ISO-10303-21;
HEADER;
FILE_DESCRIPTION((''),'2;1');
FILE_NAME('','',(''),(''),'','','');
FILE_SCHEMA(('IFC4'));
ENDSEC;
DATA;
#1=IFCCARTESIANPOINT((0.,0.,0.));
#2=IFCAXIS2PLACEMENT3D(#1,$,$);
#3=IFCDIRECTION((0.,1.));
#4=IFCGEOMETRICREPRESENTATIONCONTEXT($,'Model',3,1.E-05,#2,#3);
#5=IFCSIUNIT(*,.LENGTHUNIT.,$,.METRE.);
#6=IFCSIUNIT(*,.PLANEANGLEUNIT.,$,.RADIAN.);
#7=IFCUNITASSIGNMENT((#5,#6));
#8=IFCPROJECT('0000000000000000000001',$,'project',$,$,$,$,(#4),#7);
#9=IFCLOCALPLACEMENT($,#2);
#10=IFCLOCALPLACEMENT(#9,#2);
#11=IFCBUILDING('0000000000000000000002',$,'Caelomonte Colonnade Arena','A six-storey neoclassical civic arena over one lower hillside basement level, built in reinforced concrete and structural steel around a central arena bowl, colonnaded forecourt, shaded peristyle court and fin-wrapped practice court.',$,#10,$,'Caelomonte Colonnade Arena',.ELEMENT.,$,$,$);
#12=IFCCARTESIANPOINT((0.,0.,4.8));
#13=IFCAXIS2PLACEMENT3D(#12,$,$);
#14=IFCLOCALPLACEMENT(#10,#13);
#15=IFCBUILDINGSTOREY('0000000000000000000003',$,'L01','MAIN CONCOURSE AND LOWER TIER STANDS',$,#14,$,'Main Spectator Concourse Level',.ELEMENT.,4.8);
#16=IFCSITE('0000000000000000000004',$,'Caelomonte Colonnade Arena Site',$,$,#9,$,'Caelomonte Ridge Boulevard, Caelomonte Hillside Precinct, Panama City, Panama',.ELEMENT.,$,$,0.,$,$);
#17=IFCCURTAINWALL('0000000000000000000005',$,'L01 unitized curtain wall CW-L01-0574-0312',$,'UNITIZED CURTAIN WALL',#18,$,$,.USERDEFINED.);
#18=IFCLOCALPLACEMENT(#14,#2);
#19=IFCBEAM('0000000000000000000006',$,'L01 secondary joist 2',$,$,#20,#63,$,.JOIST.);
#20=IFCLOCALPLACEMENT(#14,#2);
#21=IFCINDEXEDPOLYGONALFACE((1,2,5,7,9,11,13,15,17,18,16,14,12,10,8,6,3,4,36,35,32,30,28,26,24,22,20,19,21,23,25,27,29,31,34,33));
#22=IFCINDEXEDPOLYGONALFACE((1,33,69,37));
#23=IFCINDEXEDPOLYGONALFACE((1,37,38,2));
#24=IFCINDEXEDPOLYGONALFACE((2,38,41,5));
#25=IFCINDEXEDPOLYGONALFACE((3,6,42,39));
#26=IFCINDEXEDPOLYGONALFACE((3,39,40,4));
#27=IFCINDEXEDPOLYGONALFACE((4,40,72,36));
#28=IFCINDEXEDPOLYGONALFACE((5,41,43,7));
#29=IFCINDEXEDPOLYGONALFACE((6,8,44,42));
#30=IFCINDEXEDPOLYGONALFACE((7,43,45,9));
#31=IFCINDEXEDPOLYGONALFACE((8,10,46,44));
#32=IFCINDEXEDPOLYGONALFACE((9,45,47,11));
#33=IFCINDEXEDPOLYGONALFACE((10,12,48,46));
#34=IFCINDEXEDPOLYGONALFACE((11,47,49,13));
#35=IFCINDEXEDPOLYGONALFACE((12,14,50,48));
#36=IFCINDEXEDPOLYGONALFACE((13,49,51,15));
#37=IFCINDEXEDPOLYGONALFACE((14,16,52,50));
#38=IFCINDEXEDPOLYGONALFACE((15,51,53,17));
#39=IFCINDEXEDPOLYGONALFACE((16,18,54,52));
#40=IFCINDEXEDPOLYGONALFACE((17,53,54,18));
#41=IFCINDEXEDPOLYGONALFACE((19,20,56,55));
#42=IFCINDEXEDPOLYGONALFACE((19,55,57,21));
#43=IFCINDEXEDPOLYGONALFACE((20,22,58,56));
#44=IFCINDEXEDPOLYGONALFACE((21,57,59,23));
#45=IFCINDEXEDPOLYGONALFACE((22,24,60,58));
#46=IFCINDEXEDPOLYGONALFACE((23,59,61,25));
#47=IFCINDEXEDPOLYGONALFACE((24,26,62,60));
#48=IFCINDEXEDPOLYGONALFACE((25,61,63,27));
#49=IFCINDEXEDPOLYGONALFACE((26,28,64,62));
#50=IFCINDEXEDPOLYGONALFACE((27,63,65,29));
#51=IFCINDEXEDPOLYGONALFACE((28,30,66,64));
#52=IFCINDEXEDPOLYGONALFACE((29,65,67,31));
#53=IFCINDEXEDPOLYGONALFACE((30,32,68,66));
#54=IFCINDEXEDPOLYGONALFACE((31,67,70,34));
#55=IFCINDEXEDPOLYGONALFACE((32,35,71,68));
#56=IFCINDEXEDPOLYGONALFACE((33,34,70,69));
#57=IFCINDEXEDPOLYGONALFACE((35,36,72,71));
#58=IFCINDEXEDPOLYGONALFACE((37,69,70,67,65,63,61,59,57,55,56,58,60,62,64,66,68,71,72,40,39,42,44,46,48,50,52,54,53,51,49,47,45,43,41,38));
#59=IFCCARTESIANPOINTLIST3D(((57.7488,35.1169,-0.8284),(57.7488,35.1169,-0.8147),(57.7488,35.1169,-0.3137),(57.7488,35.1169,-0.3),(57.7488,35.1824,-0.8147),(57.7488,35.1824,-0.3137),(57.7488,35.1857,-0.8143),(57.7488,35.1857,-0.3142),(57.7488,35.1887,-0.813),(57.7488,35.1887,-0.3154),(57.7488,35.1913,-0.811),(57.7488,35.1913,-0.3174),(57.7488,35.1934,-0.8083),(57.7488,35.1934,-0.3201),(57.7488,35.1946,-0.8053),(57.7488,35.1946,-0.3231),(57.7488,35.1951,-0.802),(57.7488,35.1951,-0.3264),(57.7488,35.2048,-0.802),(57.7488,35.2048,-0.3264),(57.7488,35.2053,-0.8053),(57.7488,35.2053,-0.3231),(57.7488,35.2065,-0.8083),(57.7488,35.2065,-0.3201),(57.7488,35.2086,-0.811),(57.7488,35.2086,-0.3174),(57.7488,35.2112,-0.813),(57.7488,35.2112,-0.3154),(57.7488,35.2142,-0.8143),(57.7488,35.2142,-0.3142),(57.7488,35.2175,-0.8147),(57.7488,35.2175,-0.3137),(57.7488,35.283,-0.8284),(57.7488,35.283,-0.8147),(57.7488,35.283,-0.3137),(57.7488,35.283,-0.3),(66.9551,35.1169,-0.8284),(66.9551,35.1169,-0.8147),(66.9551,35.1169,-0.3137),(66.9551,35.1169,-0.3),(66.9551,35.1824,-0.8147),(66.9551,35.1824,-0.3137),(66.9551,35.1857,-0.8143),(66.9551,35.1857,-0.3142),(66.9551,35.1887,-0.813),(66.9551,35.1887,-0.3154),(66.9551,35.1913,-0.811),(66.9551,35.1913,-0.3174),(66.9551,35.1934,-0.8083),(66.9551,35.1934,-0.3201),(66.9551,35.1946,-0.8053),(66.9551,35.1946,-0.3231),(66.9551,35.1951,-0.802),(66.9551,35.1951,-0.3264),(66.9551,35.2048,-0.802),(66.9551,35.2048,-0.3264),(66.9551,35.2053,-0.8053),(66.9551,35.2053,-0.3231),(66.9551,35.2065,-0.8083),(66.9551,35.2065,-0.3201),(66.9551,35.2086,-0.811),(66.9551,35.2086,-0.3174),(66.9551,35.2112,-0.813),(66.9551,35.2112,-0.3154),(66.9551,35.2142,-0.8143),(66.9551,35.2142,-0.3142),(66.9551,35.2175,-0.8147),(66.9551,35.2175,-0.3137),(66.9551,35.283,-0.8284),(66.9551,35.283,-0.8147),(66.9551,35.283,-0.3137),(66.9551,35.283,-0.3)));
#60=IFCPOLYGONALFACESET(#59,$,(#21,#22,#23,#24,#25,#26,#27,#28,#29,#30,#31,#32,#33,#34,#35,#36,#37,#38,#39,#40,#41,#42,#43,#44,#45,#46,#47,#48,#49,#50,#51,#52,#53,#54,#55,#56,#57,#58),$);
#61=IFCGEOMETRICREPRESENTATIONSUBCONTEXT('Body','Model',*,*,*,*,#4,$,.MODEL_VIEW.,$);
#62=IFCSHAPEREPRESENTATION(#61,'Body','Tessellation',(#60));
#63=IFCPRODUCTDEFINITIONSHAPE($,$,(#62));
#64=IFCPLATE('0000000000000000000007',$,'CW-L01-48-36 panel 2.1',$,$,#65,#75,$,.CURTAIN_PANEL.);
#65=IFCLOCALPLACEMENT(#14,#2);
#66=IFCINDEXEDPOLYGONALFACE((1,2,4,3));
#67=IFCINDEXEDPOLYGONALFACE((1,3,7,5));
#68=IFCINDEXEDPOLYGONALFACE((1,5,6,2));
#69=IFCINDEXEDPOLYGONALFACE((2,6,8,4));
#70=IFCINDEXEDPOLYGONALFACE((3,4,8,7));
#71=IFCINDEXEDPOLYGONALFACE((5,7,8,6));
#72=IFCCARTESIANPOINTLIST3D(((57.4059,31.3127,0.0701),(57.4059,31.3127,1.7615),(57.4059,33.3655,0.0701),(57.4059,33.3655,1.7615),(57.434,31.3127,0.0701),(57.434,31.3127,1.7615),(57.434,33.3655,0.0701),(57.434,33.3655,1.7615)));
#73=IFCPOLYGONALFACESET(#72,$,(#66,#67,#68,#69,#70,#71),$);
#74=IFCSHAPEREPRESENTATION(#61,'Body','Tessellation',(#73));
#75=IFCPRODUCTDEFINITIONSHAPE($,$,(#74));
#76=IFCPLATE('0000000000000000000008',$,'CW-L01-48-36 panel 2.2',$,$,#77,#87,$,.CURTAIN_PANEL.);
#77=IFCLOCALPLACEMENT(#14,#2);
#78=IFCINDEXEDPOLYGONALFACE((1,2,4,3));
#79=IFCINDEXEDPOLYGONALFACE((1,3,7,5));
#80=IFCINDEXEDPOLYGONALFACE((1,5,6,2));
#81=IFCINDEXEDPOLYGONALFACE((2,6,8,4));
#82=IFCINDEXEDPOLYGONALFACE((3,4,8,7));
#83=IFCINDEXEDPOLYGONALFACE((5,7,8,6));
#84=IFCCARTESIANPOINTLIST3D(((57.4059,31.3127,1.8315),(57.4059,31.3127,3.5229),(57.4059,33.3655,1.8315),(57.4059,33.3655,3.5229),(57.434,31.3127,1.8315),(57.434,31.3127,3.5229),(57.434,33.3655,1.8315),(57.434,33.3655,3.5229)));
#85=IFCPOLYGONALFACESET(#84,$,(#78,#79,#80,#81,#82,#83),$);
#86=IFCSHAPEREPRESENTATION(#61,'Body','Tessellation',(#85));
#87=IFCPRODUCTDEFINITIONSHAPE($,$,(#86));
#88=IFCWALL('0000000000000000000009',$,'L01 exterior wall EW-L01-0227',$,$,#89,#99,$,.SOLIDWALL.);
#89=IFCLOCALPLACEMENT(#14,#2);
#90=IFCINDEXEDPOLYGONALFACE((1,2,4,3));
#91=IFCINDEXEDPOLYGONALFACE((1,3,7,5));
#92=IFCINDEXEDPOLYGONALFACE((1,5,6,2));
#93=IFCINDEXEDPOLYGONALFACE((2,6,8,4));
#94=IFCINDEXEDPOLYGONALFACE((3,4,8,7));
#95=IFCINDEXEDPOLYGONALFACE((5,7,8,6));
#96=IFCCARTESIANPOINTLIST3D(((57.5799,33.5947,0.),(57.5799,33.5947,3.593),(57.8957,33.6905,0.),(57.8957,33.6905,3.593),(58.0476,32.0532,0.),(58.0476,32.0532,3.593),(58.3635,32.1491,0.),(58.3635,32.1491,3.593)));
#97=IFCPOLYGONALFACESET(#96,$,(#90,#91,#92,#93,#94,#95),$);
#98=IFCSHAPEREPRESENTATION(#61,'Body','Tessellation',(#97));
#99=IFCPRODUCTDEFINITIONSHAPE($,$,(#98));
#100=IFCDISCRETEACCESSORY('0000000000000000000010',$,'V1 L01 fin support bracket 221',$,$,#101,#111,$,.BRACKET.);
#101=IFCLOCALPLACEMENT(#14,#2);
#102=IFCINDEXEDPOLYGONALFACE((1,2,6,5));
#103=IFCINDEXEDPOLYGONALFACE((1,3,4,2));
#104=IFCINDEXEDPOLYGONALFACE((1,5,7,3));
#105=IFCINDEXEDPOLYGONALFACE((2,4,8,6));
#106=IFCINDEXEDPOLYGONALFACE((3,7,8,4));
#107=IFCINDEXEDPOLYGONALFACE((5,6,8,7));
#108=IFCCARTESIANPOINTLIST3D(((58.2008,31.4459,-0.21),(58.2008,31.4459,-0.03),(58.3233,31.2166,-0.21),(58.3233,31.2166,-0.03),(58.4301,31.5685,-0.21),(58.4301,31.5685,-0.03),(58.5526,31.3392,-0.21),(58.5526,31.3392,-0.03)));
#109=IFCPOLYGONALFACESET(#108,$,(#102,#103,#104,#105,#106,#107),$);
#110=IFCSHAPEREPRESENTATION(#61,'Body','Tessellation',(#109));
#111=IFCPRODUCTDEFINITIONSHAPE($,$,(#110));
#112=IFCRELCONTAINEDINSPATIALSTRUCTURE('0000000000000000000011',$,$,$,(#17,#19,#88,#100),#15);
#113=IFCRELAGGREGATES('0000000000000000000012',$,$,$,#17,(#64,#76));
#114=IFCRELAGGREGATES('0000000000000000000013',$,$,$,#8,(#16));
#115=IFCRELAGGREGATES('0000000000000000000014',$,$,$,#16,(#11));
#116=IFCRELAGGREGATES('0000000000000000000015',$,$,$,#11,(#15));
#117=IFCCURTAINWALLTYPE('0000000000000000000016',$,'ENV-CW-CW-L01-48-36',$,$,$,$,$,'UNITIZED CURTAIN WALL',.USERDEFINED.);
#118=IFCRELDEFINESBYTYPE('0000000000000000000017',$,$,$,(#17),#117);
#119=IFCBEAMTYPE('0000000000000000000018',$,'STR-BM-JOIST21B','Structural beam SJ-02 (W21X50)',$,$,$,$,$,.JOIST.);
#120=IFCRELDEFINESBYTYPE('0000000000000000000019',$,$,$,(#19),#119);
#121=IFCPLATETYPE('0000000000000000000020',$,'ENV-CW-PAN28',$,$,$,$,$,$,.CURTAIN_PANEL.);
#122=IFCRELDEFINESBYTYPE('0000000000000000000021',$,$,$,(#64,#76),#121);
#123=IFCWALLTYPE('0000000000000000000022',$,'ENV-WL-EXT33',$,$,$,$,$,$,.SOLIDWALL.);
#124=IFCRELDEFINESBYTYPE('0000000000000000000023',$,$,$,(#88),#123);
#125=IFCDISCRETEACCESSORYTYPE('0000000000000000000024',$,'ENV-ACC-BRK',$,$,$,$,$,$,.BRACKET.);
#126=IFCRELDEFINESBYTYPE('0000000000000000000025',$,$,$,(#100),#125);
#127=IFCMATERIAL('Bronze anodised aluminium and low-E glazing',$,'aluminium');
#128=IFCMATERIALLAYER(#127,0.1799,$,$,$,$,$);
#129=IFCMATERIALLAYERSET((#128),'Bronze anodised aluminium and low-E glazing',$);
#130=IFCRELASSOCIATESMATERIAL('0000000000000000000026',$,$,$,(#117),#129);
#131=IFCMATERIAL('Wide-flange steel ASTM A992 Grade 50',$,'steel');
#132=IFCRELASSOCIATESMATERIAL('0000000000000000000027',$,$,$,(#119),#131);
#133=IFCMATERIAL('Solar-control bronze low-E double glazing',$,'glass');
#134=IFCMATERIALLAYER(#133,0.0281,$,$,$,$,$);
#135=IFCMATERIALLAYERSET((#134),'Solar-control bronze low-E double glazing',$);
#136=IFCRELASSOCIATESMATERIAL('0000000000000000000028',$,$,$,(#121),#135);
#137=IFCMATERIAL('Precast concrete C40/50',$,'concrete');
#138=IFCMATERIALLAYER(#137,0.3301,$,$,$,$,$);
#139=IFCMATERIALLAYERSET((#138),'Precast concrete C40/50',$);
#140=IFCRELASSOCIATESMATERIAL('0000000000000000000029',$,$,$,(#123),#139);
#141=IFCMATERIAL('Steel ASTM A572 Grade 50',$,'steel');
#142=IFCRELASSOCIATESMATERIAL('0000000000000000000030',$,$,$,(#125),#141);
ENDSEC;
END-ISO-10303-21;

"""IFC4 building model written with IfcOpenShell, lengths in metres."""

from ifc_helpers import new_model, si_unit, direction, frame, frame_2d, origin, origin_2d, place, context, subcontext, project, spatial, rectangle, i_section, extrude, material, layer, layer_set, material_profile, profile_set, type_object, element, aggregate, save


model = new_model("IFC4")

# Units and contexts
model_context = context("Model", 3, precision=1e-05, world=origin(), true_north=direction((0.0, 1.0)))
body_context = subcontext(model_context, "Body", "Model", "MODEL_VIEW")
ifc_project = project(units=[si_unit("LENGTHUNIT", "METRE"), si_unit("PLANEANGLEUNIT", "RADIAN")], contexts=[model_context])

# Site, building, storey
site_placement = place(None, origin())
site = spatial("IfcSite", under=ifc_project, at=site_placement, Name="Caelomonte Colonnade Arena Site", LongName="Caelomonte Ridge Boulevard, Caelomonte Hillside Precinct, Panama City, Panama", CompositionType="ELEMENT", RefElevation=0.0)
building_placement = place(site_placement, origin())
building = spatial("IfcBuilding", under=site, at=building_placement, Name="Caelomonte Colonnade Arena", Description="A six-storey neoclassical civic arena over one lower hillside basement level, built in reinforced concrete and structural steel around a central arena bowl, colonnaded forecourt, shaded peristyle court and fin-wrapped practice court.", LongName="Caelomonte Colonnade Arena", CompositionType="ELEMENT")
storey_placement = place(building_placement, frame((0.0, 0.0, 4.8)))
storey = spatial("IfcBuildingStorey", under=building, at=storey_placement, Name="L01", Description="MAIN CONCOURSE AND LOWER TIER STANDS", LongName="Main Spectator Concourse Level", CompositionType="ELEMENT", Elevation=4.8)

# Shared definitions
ifc_material_1 = material(Name="Wide-flange steel ASTM A992 Grade 50", Category="steel")

# Curtain wall
ifc_material_2 = material(Name="Bronze anodised aluminium and low-E glazing", Category="aluminium")
ifc_layer_1 = layer(ifc_material_2, 0.1799)
ifc_layer_set_1 = layer_set([ifc_layer_1], Name="Bronze anodised aluminium and low-E glazing")
curtain_wall_type_1 = type_object("IfcCurtainWallType", Name="ENV-CW-CW-L01-48-36", ElementType="UNITIZED CURTAIN WALL", PredefinedType="USERDEFINED", material=ifc_layer_set_1)
curtain_wall_1_placement = place(storey_placement, origin())
curtain_wall_1 = element("IfcCurtainWall", 1, at=curtain_wall_1_placement, inside=storey, type_object=curtain_wall_type_1, Name="L01 unitized curtain wall CW-L01-0574-0312", ObjectType="UNITIZED CURTAIN WALL", PredefinedType="USERDEFINED")

# Beam
ifc_material_profile_1 = material_profile(ifc_material_1, i_section(OverallWidth=0.166, OverallDepth=0.5283, WebThickness=0.0098, FlangeThickness=0.0137, FilletRadius=0.0127, at=origin_2d()), Name="W21X50")
ifc_profile_set_1 = profile_set([ifc_material_profile_1], Name="Wide-flange steel ASTM A992 Grade 50")
beam_type_1 = type_object("IfcBeamType", Name="STR-BM-JOIST21B", Description="Structural beam SJ-02 (W21X50)", PredefinedType="JOIST", material=ifc_profile_set_1)
for number, where, z_axis, x_axis, name in (
    (2, (57.7488, 35.2, -0.5642), (1.0, 0.0, 0.0), (0.0, 1.0, 0.0), "L01 secondary joist 2"),
):
    element("IfcBeam", number, at=place(storey_placement, frame(where, z_axis=z_axis, x_axis=x_axis)), inside=storey, type_object=beam_type_1, Name=name, PredefinedType="JOIST", context=body_context, shape_type="SweptSolid", body=[
        extrude(i_section(OverallWidth=0.166, OverallDepth=0.5283, WebThickness=0.0098, FlangeThickness=0.0137, FilletRadius=0.0127, at=origin_2d()), origin(), (0.0, 0.0, 1.0), 9.2063),
    ])

# Plates
ifc_material_3 = material(Name="Solar-control bronze low-E double glazing", Category="glass")
ifc_layer_2 = layer(ifc_material_3, 0.0281)
ifc_layer_set_2 = layer_set([ifc_layer_2], Name="Solar-control bronze low-E double glazing")
plate_type = type_object("IfcPlateType", Name="ENV-CW-PAN28", PredefinedType="CURTAIN_PANEL", material=ifc_layer_set_2)
plate_1_placement = place(storey_placement, frame((57.4199, 32.3391, 0.0701), z_axis=(0.0, 0.0, 1.0), x_axis=(0.0, 1.0, 0.0)))
plate_1 = element("IfcPlate", 3, at=plate_1_placement, type_object=plate_type, Name="CW-L01-48-36 panel 2.1", PredefinedType="CURTAIN_PANEL", context=body_context, shape_type="SweptSolid", body=[
    extrude(rectangle(XDim=2.0527, YDim=0.0281, at=origin_2d()), origin(), (0.0, 0.0, 1.0), 1.6914),
])
plate_2_placement = place(storey_placement, frame((57.4199, 32.3391, 1.8315), z_axis=(0.0, 0.0, 1.0), x_axis=(0.0, 1.0, 0.0)))
plate_2 = element("IfcPlate", 4, at=plate_2_placement, type_object=plate_type, Name="CW-L01-48-36 panel 2.2", PredefinedType="CURTAIN_PANEL", context=body_context, shape_type="SweptSolid", body=[
    extrude(rectangle(XDim=2.0527, YDim=0.0281, at=origin_2d()), origin(), (0.0, 0.0, 1.0), 1.6914),
])
aggregate(curtain_wall_1, [plate_1, plate_2])

# Wall
ifc_material_4 = material(Name="Precast concrete C40/50", Category="concrete")
ifc_layer_3 = layer(ifc_material_4, 0.3301)
ifc_layer_set_3 = layer_set([ifc_layer_3], Name="Precast concrete C40/50")
wall_type = type_object("IfcWallType", Name="ENV-WL-EXT33", PredefinedType="SOLIDWALL", material=ifc_layer_set_3)
wall_placement = place(storey_placement, frame((57.7378, 33.6426, 0.0), z_axis=(0.0, 0.0, 1.0), x_axis=(0.290378, -0.956912, 0.0)))
element("IfcWall", 5, at=wall_placement, inside=storey, type_object=wall_type, Name="L01 exterior wall EW-L01-0227", PredefinedType="SOLIDWALL", context=body_context, shape_type="SweptSolid", body=[
    extrude(rectangle(XDim=1.6108, YDim=0.3301, at=frame_2d((0.8054, 0.0))), origin(), (0.0, 0.0, 1.0), 3.593),
])

# Discrete accessory
ifc_material_5 = material(Name="Steel ASTM A572 Grade 50", Category="steel")
discrete_accessory_type = type_object("IfcDiscreteAccessoryType", Name="ENV-ACC-BRK", PredefinedType="BRACKET", material=ifc_material_5)
discrete_accessory_placement = place(storey_placement, frame((58.3767, 31.3926, -0.21), z_axis=(0.0, 0.0, 1.0), x_axis=(0.471397, -0.881921, 0.0)))
element("IfcDiscreteAccessory", 6, at=discrete_accessory_placement, inside=storey, type_object=discrete_accessory_type, Name="V1 L01 fin support bracket 221", PredefinedType="BRACKET", context=body_context, shape_type="SweptSolid", body=[
    extrude(rectangle(XDim=0.26, YDim=0.26, at=origin_2d()), origin(), (0.0, 0.0, 1.0), 0.1799),
])

save(model, "model.ifc")
